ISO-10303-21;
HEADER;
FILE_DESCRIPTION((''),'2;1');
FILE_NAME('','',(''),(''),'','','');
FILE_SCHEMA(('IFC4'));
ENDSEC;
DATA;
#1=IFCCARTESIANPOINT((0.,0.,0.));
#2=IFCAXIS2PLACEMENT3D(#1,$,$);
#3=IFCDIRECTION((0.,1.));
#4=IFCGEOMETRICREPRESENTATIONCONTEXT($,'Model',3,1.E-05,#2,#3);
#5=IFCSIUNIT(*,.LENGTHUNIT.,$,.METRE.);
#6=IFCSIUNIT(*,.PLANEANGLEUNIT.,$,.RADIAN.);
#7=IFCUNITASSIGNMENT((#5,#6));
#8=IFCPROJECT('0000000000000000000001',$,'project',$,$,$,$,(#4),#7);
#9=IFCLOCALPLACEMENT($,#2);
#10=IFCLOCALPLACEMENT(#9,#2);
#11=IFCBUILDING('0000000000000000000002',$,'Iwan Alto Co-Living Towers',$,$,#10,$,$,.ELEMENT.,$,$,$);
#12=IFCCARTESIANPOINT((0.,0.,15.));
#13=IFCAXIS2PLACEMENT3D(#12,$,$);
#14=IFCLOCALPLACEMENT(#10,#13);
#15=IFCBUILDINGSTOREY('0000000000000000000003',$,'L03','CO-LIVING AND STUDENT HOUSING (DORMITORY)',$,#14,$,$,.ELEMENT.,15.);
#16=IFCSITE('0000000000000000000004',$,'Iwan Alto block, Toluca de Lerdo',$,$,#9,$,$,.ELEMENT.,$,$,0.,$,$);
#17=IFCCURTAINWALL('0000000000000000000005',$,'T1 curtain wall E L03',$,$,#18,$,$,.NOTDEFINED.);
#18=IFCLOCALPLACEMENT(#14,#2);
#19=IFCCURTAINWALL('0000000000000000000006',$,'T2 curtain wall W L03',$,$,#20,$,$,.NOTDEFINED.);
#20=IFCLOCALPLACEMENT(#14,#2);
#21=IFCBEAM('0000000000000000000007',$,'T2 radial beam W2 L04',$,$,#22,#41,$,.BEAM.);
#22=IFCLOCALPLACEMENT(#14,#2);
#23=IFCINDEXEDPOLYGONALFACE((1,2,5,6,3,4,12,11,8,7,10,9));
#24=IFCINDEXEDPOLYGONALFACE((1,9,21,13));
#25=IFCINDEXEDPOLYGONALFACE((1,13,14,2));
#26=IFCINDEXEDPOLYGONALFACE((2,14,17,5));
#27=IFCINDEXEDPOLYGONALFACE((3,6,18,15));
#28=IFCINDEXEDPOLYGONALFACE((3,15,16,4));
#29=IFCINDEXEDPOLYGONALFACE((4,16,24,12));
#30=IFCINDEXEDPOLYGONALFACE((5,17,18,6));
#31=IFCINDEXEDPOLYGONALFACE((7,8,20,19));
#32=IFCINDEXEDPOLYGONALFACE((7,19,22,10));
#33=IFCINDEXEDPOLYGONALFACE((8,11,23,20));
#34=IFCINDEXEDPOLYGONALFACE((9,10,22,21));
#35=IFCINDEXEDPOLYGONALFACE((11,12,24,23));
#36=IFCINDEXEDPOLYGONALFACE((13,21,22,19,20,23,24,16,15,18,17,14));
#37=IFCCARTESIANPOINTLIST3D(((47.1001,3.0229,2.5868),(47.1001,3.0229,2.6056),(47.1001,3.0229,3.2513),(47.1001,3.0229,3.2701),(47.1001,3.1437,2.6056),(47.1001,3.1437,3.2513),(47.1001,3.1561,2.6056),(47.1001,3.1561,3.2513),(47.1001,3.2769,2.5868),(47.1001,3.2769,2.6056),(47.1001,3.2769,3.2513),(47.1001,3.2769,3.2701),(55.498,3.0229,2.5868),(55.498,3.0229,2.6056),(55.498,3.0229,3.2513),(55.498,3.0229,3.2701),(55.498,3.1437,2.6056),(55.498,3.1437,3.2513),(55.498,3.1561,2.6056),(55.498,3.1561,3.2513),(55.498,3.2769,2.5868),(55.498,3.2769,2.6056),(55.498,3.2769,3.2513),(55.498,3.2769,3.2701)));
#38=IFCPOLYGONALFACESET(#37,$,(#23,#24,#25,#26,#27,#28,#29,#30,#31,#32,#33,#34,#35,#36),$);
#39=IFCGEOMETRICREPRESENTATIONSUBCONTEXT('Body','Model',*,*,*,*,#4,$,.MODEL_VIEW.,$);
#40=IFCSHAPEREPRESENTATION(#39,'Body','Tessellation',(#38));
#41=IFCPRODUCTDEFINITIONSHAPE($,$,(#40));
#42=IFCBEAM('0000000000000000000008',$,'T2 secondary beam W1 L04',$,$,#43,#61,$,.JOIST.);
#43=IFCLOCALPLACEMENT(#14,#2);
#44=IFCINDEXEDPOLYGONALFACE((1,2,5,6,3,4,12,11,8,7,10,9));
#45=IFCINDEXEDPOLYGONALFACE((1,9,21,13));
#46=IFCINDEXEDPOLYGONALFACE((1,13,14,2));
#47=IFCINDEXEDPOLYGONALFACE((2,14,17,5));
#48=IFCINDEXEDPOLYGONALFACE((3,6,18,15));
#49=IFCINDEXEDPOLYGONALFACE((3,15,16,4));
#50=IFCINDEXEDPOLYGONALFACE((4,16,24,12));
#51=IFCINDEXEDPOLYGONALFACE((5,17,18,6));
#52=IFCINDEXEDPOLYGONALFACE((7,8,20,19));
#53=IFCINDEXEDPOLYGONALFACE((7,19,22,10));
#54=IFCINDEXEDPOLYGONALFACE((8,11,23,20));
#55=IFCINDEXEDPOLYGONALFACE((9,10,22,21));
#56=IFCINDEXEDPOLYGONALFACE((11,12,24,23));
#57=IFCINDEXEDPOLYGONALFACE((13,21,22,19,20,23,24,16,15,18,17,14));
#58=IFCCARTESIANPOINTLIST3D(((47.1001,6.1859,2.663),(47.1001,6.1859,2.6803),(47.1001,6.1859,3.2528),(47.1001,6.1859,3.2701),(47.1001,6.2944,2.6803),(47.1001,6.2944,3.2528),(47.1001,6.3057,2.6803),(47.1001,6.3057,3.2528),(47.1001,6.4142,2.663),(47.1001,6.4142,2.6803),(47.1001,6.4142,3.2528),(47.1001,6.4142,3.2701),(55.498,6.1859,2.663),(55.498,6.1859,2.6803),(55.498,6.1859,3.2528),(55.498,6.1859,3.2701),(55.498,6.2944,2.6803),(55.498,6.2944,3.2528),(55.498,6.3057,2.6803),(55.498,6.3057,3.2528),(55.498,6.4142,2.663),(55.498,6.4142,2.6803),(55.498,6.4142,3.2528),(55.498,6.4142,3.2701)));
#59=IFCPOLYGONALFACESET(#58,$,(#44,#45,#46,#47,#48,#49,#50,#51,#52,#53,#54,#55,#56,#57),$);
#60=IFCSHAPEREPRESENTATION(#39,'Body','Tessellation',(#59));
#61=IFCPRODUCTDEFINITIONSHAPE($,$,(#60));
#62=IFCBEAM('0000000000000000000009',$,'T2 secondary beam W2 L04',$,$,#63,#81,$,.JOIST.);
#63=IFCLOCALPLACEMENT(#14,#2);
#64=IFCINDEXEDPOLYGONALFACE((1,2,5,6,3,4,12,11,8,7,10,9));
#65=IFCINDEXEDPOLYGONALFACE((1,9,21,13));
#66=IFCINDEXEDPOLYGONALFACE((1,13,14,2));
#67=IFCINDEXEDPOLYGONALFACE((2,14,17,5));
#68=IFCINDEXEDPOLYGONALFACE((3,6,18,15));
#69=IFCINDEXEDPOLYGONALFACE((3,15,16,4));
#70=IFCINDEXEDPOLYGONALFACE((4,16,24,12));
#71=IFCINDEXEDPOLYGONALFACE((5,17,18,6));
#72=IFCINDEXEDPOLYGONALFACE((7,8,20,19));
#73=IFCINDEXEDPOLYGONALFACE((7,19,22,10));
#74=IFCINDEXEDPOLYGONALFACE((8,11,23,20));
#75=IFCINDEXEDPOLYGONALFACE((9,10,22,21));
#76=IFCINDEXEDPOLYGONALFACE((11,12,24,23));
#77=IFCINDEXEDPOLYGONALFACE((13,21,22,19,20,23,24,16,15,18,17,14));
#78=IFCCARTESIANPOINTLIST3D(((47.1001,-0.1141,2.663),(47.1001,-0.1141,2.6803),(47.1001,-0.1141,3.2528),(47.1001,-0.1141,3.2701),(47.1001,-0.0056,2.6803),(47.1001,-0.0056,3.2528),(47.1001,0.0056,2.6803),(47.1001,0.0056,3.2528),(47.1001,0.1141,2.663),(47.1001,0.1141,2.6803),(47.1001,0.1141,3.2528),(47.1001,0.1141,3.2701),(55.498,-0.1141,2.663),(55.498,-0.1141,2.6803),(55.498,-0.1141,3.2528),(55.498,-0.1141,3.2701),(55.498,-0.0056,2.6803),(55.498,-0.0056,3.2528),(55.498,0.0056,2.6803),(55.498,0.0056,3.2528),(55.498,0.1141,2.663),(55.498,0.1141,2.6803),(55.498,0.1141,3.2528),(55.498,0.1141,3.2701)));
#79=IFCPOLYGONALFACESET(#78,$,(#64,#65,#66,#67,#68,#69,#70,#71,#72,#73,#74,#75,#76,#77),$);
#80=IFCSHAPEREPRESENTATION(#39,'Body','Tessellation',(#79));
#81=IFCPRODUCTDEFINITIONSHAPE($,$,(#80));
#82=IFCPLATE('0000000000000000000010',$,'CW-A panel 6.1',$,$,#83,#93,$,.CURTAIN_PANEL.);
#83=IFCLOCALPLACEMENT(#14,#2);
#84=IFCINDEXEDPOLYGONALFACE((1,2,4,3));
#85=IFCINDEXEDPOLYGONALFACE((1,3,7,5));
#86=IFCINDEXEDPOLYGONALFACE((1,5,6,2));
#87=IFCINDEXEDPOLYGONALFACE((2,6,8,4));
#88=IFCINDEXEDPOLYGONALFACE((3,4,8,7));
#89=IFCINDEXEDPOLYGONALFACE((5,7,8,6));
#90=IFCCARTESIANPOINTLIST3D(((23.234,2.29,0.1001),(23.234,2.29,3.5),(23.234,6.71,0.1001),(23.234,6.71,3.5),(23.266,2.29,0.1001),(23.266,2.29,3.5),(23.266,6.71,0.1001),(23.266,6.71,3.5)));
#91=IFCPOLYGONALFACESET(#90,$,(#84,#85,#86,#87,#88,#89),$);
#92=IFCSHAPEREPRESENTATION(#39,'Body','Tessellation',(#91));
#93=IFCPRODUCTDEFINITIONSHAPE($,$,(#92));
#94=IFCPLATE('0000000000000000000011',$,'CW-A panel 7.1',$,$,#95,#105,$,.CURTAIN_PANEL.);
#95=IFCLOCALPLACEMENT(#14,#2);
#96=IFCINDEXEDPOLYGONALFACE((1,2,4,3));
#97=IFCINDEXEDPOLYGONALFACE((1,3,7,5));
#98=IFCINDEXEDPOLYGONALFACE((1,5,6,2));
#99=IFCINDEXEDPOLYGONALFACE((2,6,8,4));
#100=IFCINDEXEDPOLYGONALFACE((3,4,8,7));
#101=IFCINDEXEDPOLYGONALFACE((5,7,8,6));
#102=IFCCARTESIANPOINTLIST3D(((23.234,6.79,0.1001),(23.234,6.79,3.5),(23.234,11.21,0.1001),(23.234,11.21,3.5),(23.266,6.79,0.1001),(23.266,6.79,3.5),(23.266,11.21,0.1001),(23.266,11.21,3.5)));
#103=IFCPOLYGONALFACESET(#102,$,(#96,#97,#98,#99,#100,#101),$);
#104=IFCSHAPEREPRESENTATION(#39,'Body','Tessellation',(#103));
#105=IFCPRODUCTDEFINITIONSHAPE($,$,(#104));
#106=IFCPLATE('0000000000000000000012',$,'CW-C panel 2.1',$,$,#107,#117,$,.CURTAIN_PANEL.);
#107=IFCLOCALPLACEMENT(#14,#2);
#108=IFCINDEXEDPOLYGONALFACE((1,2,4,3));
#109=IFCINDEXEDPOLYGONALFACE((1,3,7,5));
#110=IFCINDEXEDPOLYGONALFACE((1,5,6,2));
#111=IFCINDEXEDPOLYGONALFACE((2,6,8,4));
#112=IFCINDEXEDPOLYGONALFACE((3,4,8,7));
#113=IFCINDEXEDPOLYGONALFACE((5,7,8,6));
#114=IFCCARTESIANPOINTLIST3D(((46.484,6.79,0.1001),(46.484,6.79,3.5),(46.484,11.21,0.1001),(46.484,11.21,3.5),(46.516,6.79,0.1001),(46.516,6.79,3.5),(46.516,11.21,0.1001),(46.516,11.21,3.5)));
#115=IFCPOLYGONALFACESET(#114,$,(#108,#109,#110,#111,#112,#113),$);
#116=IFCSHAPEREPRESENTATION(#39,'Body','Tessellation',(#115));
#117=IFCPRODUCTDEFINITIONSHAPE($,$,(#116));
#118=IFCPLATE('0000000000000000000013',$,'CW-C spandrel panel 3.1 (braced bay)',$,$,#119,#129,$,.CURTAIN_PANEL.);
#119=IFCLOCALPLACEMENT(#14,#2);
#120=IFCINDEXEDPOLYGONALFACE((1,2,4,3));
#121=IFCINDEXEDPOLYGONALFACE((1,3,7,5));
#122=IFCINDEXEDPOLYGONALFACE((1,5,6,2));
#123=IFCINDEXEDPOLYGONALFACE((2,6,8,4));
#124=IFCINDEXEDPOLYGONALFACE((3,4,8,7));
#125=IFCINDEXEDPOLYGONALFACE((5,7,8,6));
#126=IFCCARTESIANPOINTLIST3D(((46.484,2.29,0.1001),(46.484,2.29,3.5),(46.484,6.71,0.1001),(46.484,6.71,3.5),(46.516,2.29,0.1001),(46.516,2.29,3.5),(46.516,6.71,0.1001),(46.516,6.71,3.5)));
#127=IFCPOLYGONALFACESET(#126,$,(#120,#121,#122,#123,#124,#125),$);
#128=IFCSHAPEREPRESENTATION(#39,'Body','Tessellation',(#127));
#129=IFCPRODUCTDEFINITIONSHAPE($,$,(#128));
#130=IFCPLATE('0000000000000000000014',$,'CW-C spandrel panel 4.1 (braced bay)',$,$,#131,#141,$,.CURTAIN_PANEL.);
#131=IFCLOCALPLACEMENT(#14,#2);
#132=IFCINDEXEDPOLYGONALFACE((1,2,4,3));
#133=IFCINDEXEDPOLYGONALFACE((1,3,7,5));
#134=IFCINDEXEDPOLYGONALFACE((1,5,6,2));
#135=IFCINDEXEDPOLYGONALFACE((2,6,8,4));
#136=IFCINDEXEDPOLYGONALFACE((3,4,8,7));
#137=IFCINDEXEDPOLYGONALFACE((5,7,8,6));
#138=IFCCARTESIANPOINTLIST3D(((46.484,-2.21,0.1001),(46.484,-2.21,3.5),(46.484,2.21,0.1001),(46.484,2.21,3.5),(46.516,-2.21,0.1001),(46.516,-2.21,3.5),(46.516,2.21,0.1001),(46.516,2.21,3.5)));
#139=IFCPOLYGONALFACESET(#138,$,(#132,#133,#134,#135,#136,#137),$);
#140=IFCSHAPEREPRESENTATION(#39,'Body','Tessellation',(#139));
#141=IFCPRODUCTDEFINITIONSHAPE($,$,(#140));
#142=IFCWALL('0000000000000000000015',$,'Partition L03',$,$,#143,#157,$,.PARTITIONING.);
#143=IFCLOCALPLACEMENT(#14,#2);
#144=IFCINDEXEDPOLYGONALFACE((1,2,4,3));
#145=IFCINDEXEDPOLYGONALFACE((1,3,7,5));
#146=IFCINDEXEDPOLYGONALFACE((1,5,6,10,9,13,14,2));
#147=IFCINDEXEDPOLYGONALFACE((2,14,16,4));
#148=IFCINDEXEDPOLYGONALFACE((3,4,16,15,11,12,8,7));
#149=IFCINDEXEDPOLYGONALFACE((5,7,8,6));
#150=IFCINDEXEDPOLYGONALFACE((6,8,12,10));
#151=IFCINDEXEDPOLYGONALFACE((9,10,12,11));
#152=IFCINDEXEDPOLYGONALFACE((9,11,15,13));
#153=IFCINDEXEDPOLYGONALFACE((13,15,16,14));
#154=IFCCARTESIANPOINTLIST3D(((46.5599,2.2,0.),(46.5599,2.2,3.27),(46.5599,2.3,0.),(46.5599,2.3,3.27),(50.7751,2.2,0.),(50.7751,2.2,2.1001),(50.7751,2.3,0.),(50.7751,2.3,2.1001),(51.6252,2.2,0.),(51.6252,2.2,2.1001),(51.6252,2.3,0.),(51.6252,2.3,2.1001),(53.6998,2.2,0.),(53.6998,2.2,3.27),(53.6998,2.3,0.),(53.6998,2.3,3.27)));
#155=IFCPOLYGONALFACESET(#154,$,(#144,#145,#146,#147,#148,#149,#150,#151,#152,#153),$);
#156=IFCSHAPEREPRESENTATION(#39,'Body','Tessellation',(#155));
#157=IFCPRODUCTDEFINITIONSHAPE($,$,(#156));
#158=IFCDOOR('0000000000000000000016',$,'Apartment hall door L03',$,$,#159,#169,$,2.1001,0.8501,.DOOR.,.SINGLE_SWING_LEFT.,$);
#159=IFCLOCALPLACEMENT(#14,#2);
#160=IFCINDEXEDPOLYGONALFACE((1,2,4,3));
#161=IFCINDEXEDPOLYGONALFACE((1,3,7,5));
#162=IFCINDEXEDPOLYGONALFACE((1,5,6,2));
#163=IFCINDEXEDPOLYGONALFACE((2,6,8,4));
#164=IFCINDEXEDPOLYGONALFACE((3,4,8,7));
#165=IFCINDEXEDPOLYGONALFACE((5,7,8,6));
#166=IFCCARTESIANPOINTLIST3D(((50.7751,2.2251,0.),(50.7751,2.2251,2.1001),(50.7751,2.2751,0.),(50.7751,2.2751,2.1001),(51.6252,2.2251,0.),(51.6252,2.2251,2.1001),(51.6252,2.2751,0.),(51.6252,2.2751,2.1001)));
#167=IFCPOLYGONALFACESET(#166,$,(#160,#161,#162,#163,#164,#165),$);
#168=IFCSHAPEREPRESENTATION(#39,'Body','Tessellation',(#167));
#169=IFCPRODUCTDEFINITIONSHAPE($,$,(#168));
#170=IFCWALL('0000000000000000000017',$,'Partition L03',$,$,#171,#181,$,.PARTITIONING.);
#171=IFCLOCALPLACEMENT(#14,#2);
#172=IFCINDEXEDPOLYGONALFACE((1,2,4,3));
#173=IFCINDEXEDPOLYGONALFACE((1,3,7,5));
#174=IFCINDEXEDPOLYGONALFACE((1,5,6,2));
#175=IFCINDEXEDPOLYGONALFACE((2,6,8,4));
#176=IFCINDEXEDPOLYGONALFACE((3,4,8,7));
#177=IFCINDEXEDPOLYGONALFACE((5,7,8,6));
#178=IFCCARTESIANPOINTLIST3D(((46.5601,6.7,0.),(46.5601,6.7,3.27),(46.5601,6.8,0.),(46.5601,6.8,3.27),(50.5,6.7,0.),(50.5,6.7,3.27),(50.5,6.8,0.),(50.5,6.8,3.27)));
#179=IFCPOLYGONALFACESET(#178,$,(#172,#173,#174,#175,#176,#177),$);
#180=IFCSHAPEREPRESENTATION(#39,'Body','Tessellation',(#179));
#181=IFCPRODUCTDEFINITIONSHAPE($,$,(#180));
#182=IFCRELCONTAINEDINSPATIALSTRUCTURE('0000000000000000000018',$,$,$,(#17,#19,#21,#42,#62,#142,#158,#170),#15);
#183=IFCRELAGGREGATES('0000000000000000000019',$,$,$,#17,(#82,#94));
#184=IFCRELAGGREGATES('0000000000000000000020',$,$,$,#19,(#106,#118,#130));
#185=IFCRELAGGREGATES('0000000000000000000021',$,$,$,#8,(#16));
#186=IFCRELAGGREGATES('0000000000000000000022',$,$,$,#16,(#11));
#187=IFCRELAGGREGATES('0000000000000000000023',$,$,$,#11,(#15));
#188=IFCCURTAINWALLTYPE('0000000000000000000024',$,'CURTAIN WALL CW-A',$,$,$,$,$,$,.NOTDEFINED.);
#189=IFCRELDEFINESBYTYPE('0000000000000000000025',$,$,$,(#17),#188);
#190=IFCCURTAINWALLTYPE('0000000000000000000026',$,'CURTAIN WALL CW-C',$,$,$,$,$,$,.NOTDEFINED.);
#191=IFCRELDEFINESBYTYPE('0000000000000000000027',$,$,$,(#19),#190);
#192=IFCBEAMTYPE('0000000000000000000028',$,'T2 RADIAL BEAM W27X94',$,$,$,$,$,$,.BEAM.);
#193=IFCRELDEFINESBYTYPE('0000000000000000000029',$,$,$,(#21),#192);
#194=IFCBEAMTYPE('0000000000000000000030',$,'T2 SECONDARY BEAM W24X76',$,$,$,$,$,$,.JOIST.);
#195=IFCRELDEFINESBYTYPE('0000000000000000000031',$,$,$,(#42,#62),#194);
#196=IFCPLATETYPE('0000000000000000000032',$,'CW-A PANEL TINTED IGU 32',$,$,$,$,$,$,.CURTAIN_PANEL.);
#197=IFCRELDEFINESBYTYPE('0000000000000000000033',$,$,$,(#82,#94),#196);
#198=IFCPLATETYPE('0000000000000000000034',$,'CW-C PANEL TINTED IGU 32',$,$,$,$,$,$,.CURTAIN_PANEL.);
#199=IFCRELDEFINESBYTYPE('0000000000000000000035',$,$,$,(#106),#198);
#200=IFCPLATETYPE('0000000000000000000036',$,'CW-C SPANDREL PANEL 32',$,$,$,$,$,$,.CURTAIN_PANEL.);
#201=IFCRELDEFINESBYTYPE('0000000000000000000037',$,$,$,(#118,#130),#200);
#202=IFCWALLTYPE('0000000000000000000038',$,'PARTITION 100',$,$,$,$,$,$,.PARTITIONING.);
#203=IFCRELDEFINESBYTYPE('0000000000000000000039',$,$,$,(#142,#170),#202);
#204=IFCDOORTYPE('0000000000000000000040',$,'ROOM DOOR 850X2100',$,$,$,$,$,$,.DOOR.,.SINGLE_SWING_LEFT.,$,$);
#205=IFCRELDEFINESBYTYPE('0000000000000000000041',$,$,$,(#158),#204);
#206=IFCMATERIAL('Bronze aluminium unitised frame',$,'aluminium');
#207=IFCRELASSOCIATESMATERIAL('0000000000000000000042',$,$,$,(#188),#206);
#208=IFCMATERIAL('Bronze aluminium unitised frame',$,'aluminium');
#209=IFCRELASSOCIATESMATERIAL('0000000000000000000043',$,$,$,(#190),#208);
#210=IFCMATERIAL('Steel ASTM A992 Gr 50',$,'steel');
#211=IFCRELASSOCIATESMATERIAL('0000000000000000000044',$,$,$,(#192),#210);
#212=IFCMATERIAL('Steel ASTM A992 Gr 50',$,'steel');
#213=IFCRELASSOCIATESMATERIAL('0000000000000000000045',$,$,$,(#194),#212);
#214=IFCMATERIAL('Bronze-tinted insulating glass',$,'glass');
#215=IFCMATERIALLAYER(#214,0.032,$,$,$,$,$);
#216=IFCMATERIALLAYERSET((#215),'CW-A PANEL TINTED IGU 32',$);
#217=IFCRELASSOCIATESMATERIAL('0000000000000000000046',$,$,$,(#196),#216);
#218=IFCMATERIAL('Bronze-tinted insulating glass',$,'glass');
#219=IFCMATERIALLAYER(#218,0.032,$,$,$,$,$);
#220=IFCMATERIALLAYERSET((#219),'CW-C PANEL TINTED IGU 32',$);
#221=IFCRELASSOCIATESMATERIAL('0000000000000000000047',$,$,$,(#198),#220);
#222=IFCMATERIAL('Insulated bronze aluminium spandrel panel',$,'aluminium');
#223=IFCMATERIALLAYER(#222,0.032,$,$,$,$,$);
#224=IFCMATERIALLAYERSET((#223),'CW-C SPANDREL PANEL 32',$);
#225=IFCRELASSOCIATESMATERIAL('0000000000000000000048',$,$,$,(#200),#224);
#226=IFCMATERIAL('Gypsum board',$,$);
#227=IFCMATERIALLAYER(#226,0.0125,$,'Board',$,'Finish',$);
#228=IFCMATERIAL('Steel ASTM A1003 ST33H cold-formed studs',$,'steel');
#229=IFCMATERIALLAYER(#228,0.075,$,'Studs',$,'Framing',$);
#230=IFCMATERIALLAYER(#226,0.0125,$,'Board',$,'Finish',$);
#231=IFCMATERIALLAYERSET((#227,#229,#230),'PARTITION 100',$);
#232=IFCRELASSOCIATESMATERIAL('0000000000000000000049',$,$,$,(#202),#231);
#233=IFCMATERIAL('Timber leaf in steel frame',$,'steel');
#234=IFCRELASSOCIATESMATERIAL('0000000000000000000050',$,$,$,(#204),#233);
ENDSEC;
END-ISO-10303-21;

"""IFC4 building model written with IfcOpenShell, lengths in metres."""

from ifc_helpers import new_model, si_unit, direction, frame, frame_2d, origin, origin_2d, place, context, subcontext, project, spatial, rectangle, i_section, extrude, material, layer, layer_set, material_profile, profile_set, type_object, element, fill, aggregate, save


model = new_model("IFC4")

# Units and contexts
model_context = context("Model", 3, precision=1e-05, world=origin(), true_north=direction((0.0, 1.0)))
body_context = subcontext(model_context, "Body", "Model", "MODEL_VIEW")
ifc_project = project(units=[si_unit("LENGTHUNIT", "METRE"), si_unit("PLANEANGLEUNIT", "RADIAN")], contexts=[model_context])

# Site, building, storey
site_placement = place(None, origin())
site = spatial("IfcSite", under=ifc_project, at=site_placement, Name="Iwan Alto block, Toluca de Lerdo", CompositionType="ELEMENT", RefElevation=0.0)
building_placement = place(site_placement, origin())
building = spatial("IfcBuilding", under=site, at=building_placement, Name="Iwan Alto Co-Living Towers", CompositionType="ELEMENT")
storey_placement = place(building_placement, frame((0.0, 0.0, 15.0)))
storey = spatial("IfcBuildingStorey", under=building, at=storey_placement, Name="L03", Description="CO-LIVING AND STUDENT HOUSING (DORMITORY)", CompositionType="ELEMENT", Elevation=15.0)

# Curtain walls
ifc_material_1 = material(Name="Bronze aluminium unitised frame", Category="aluminium")
curtain_wall_type_1 = type_object("IfcCurtainWallType", Name="CURTAIN WALL CW-A", PredefinedType="NOTDEFINED", material=ifc_material_1)
curtain_wall_1_placement = place(storey_placement, origin())
curtain_wall_1 = element("IfcCurtainWall", 1, at=curtain_wall_1_placement, inside=storey, type_object=curtain_wall_type_1, Name="T1 curtain wall E L03", PredefinedType="NOTDEFINED")
ifc_material_2 = material(Name="Bronze aluminium unitised frame", Category="aluminium")
curtain_wall_type_2 = type_object("IfcCurtainWallType", Name="CURTAIN WALL CW-C", PredefinedType="NOTDEFINED", material=ifc_material_2)
curtain_wall_2_placement = place(storey_placement, origin())
curtain_wall_2 = element("IfcCurtainWall", 2, at=curtain_wall_2_placement, inside=storey, type_object=curtain_wall_type_2, Name="T2 curtain wall W L03", PredefinedType="NOTDEFINED")

# Beams
ifc_material_3 = material(Name="Steel ASTM A992 Gr 50", Category="steel")
ifc_material_profile_1 = material_profile(ifc_material_3, i_section(OverallWidth=0.2539, OverallDepth=0.6833, WebThickness=0.0125, FlangeThickness=0.0188, at=origin_2d()), Name="W27X94")
ifc_profile_set_1 = profile_set([ifc_material_profile_1], Name="Steel ASTM A992 Gr 50")
beam_type_1 = type_object("IfcBeamType", Name="T2 RADIAL BEAM W27X94", PredefinedType="BEAM", material=ifc_profile_set_1)
beam_1_placement = place(storey_placement, frame((47.1001, 3.1499, 2.9285), z_axis=(1.0, 0.0, 0.0), x_axis=(0.0, 1.0, 0.0)))
element("IfcBeam", 3, at=beam_1_placement, inside=storey, type_object=beam_type_1, Name="T2 radial beam W2 L04", PredefinedType="BEAM", context=body_context, shape_type="SweptSolid", body=[
    extrude(i_section(OverallWidth=0.2539, OverallDepth=0.6833, WebThickness=0.0125, FlangeThickness=0.0188, at=origin_2d()), origin(), (0.0, 0.0, 1.0), 8.3979),
])
ifc_material_4 = material(Name="Steel ASTM A992 Gr 50", Category="steel")
ifc_material_profile_2 = material_profile(ifc_material_4, i_section(OverallWidth=0.2283, OverallDepth=0.6072, WebThickness=0.0112, FlangeThickness=0.0173, at=origin_2d()), Name="W24X76")
ifc_profile_set_2 = profile_set([ifc_material_profile_2], Name="Steel ASTM A992 Gr 50")
beam_type_2 = type_object("IfcBeamType", Name="T2 SECONDARY BEAM W24X76", PredefinedType="JOIST", material=ifc_profile_set_2)
for number, where, z_axis, x_axis, name in (
    (4, (47.1001, 6.3, 2.9666), (1.0, 0.0, 0.0), (0.0, 1.0, 0.0), "T2 secondary beam W1 L04"),
    (5, (47.1001, 0.0, 2.9666), (1.0, 0.0, 0.0), (0.0, 1.0, 0.0), "T2 secondary beam W2 L04"),
):
    element("IfcBeam", number, at=place(storey_placement, frame(where, z_axis=z_axis, x_axis=x_axis)), inside=storey, type_object=beam_type_2, Name=name, PredefinedType="JOIST", context=body_context, shape_type="SweptSolid", body=[
        extrude(i_section(OverallWidth=0.2283, OverallDepth=0.6072, WebThickness=0.0112, FlangeThickness=0.0173, at=origin_2d()), origin(), (0.0, 0.0, 1.0), 8.3979),
    ])

# Plates
ifc_material_5 = material(Name="Bronze-tinted insulating glass", Category="glass")
ifc_layer_1 = layer(ifc_material_5, 0.032)
ifc_layer_set_1 = layer_set([ifc_layer_1], Name="CW-A PANEL TINTED IGU 32")
plate_type_1 = type_object("IfcPlateType", Name="CW-A PANEL TINTED IGU 32", PredefinedType="CURTAIN_PANEL", material=ifc_layer_set_1)
plate_1_placement = place(storey_placement, frame((23.25, 4.5, 0.1001), z_axis=(0.0, 0.0, 1.0), x_axis=(0.0, 1.0, 0.0)))
plate_1 = element("IfcPlate", 6, at=plate_1_placement, type_object=plate_type_1, Name="CW-A panel 6.1", PredefinedType="CURTAIN_PANEL", context=body_context, shape_type="SweptSolid", body=[
    extrude(rectangle(XDim=4.4199, YDim=0.032, at=origin_2d()), origin(), (0.0, 0.0, 1.0), 3.3999),
])
plate_2_placement = place(storey_placement, frame((23.25, 9.0, 0.1001), z_axis=(0.0, 0.0, 1.0), x_axis=(0.0, 1.0, 0.0)))
plate_2 = element("IfcPlate", 7, at=plate_2_placement, type_object=plate_type_1, Name="CW-A panel 7.1", PredefinedType="CURTAIN_PANEL", context=body_context, shape_type="SweptSolid", body=[
    extrude(rectangle(XDim=4.4199, YDim=0.032, at=origin_2d()), origin(), (0.0, 0.0, 1.0), 3.3999),
])
aggregate(curtain_wall_1, [plate_1, plate_2])
ifc_material_6 = material(Name="Bronze-tinted insulating glass", Category="glass")
ifc_layer_2 = layer(ifc_material_6, 0.032)
ifc_layer_set_2 = layer_set([ifc_layer_2], Name="CW-C PANEL TINTED IGU 32")
plate_type_2 = type_object("IfcPlateType", Name="CW-C PANEL TINTED IGU 32", PredefinedType="CURTAIN_PANEL", material=ifc_layer_set_2)
plate_3_placement = place(storey_placement, frame((46.5, 9.0, 0.1001), z_axis=(0.0, 0.0, 1.0), x_axis=(0.0, -1.0, 0.0)))
plate_3 = element("IfcPlate", 8, at=plate_3_placement, type_object=plate_type_2, Name="CW-C panel 2.1", PredefinedType="CURTAIN_PANEL", context=body_context, shape_type="SweptSolid", body=[
    extrude(rectangle(XDim=4.4199, YDim=0.032, at=origin_2d()), origin(), (0.0, 0.0, 1.0), 3.3999),
])
ifc_material_7 = material(Name="Insulated bronze aluminium spandrel panel", Category="aluminium")
ifc_layer_3 = layer(ifc_material_7, 0.032)
ifc_layer_set_3 = layer_set([ifc_layer_3], Name="CW-C SPANDREL PANEL 32")
plate_type_3 = type_object("IfcPlateType", Name="CW-C SPANDREL PANEL 32", PredefinedType="CURTAIN_PANEL", material=ifc_layer_set_3)
plate_4_placement = place(storey_placement, frame((46.5, 4.5, 0.1001), z_axis=(0.0, 0.0, 1.0), x_axis=(0.0, -1.0, 0.0)))
plate_4 = element("IfcPlate", 9, at=plate_4_placement, type_object=plate_type_3, Name="CW-C spandrel panel 3.1 (braced bay)", PredefinedType="CURTAIN_PANEL", context=body_context, shape_type="SweptSolid", body=[
    extrude(rectangle(XDim=4.4199, YDim=0.032, at=origin_2d()), origin(), (0.0, 0.0, 1.0), 3.3999),
])
plate_5_placement = place(storey_placement, frame((46.5, 0.0, 0.1001), z_axis=(0.0, 0.0, 1.0), x_axis=(0.0, -1.0, 0.0)))
plate_5 = element("IfcPlate", 10, at=plate_5_placement, type_object=plate_type_3, Name="CW-C spandrel panel 4.1 (braced bay)", PredefinedType="CURTAIN_PANEL", context=body_context, shape_type="SweptSolid", body=[
    extrude(rectangle(XDim=4.4199, YDim=0.032, at=origin_2d()), origin(), (0.0, 0.0, 1.0), 3.3999),
])
aggregate(curtain_wall_2, [plate_3, plate_4, plate_5])

# Wall, opening, door
ifc_material_8 = material(Name="Gypsum board")
ifc_layer_4 = layer(ifc_material_8, 0.0125, Name="Board", Category="Finish")
ifc_material_9 = material(Name="Steel ASTM A1003 ST33H cold-formed studs", Category="steel")
ifc_layer_5 = layer(ifc_material_9, 0.075, Name="Studs", Category="Framing")
ifc_layer_6 = layer(ifc_material_8, 0.0125, Name="Board", Category="Finish")
ifc_layer_set_4 = layer_set([ifc_layer_4, ifc_layer_5, ifc_layer_6], Name="PARTITION 100")
wall_type = type_object("IfcWallType", Name="PARTITION 100", PredefinedType="PARTITIONING", material=ifc_layer_set_4)
wall_1_placement = place(storey_placement, frame((46.5601, 2.25, 0.0), z_axis=(0.0, 0.0, 1.0), x_axis=(1.0, 0.0, 0.0)))
wall_1 = element("IfcWall", 11, at=wall_1_placement, inside=storey, type_object=wall_type, Name="Partition L03", PredefinedType="PARTITIONING", context=body_context, shape_type="SweptSolid", body=[
    extrude(rectangle(XDim=7.1399, YDim=0.1001, at=frame_2d((3.5698, 0.0))), origin(), (0.0, 0.0, 1.0), 3.27),
])
opening_placement = place(wall_1_placement, frame((4.2151, 0.0, 0.0)))
opening = element("IfcOpeningElement", 12, at=opening_placement, cuts=wall_1, PredefinedType="OPENING", context=body_context, shape_type="SweptSolid", body=[
    extrude(rectangle(XDim=0.8501, YDim=2.1001, at=frame_2d((0.425, 1.05))), frame((0.0, 0.0601, 0.0), z_axis=(0.0, -1.0, 0.0), x_axis=(1.0, 0.0, 0.0)), (0.0, 0.0, 1.0), 0.1201),
])
ifc_material_10 = material(Name="Timber leaf in steel frame", Category="steel")
door_type = type_object("IfcDoorType", Name="ROOM DOOR 850X2100", OperationType="SINGLE_SWING_LEFT", PredefinedType="DOOR", material=ifc_material_10)
door_placement = place(opening_placement, frame((0.8501, 0.0, 0.0), z_axis=(0.0, 0.0, 1.0), x_axis=(-1.0, 0.0, 0.0)))
door = element("IfcDoor", 13, at=door_placement, inside=storey, type_object=door_type, Name="Apartment hall door L03", OperationType="SINGLE_SWING_LEFT", OverallHeight=2.1001, OverallWidth=0.8501, PredefinedType="DOOR", context=body_context, shape_type="SweptSolid", body=[
    extrude(rectangle(XDim=0.8501, YDim=2.1001, at=frame_2d((0.425, 1.05))), frame((0.0, 0.0249, 0.0), z_axis=(0.0, -1.0, 0.0), x_axis=(1.0, 0.0, 0.0)), (0.0, 0.0, 1.0), 0.05),
])
fill(opening, door)

# Wall
wall_2_placement = place(storey_placement, frame((46.5601, 6.75, 0.0), z_axis=(0.0, 0.0, 1.0), x_axis=(1.0, 0.0, 0.0)))
element("IfcWall", 14, at=wall_2_placement, inside=storey, type_object=wall_type, Name="Partition L03", PredefinedType="PARTITIONING", context=body_context, shape_type="SweptSolid", body=[
    extrude(rectangle(XDim=3.9399, YDim=0.1001, at=frame_2d((1.97, 0.0))), origin(), (0.0, 0.0, 1.0), 3.27),
])

save(model, "model.ifc")
